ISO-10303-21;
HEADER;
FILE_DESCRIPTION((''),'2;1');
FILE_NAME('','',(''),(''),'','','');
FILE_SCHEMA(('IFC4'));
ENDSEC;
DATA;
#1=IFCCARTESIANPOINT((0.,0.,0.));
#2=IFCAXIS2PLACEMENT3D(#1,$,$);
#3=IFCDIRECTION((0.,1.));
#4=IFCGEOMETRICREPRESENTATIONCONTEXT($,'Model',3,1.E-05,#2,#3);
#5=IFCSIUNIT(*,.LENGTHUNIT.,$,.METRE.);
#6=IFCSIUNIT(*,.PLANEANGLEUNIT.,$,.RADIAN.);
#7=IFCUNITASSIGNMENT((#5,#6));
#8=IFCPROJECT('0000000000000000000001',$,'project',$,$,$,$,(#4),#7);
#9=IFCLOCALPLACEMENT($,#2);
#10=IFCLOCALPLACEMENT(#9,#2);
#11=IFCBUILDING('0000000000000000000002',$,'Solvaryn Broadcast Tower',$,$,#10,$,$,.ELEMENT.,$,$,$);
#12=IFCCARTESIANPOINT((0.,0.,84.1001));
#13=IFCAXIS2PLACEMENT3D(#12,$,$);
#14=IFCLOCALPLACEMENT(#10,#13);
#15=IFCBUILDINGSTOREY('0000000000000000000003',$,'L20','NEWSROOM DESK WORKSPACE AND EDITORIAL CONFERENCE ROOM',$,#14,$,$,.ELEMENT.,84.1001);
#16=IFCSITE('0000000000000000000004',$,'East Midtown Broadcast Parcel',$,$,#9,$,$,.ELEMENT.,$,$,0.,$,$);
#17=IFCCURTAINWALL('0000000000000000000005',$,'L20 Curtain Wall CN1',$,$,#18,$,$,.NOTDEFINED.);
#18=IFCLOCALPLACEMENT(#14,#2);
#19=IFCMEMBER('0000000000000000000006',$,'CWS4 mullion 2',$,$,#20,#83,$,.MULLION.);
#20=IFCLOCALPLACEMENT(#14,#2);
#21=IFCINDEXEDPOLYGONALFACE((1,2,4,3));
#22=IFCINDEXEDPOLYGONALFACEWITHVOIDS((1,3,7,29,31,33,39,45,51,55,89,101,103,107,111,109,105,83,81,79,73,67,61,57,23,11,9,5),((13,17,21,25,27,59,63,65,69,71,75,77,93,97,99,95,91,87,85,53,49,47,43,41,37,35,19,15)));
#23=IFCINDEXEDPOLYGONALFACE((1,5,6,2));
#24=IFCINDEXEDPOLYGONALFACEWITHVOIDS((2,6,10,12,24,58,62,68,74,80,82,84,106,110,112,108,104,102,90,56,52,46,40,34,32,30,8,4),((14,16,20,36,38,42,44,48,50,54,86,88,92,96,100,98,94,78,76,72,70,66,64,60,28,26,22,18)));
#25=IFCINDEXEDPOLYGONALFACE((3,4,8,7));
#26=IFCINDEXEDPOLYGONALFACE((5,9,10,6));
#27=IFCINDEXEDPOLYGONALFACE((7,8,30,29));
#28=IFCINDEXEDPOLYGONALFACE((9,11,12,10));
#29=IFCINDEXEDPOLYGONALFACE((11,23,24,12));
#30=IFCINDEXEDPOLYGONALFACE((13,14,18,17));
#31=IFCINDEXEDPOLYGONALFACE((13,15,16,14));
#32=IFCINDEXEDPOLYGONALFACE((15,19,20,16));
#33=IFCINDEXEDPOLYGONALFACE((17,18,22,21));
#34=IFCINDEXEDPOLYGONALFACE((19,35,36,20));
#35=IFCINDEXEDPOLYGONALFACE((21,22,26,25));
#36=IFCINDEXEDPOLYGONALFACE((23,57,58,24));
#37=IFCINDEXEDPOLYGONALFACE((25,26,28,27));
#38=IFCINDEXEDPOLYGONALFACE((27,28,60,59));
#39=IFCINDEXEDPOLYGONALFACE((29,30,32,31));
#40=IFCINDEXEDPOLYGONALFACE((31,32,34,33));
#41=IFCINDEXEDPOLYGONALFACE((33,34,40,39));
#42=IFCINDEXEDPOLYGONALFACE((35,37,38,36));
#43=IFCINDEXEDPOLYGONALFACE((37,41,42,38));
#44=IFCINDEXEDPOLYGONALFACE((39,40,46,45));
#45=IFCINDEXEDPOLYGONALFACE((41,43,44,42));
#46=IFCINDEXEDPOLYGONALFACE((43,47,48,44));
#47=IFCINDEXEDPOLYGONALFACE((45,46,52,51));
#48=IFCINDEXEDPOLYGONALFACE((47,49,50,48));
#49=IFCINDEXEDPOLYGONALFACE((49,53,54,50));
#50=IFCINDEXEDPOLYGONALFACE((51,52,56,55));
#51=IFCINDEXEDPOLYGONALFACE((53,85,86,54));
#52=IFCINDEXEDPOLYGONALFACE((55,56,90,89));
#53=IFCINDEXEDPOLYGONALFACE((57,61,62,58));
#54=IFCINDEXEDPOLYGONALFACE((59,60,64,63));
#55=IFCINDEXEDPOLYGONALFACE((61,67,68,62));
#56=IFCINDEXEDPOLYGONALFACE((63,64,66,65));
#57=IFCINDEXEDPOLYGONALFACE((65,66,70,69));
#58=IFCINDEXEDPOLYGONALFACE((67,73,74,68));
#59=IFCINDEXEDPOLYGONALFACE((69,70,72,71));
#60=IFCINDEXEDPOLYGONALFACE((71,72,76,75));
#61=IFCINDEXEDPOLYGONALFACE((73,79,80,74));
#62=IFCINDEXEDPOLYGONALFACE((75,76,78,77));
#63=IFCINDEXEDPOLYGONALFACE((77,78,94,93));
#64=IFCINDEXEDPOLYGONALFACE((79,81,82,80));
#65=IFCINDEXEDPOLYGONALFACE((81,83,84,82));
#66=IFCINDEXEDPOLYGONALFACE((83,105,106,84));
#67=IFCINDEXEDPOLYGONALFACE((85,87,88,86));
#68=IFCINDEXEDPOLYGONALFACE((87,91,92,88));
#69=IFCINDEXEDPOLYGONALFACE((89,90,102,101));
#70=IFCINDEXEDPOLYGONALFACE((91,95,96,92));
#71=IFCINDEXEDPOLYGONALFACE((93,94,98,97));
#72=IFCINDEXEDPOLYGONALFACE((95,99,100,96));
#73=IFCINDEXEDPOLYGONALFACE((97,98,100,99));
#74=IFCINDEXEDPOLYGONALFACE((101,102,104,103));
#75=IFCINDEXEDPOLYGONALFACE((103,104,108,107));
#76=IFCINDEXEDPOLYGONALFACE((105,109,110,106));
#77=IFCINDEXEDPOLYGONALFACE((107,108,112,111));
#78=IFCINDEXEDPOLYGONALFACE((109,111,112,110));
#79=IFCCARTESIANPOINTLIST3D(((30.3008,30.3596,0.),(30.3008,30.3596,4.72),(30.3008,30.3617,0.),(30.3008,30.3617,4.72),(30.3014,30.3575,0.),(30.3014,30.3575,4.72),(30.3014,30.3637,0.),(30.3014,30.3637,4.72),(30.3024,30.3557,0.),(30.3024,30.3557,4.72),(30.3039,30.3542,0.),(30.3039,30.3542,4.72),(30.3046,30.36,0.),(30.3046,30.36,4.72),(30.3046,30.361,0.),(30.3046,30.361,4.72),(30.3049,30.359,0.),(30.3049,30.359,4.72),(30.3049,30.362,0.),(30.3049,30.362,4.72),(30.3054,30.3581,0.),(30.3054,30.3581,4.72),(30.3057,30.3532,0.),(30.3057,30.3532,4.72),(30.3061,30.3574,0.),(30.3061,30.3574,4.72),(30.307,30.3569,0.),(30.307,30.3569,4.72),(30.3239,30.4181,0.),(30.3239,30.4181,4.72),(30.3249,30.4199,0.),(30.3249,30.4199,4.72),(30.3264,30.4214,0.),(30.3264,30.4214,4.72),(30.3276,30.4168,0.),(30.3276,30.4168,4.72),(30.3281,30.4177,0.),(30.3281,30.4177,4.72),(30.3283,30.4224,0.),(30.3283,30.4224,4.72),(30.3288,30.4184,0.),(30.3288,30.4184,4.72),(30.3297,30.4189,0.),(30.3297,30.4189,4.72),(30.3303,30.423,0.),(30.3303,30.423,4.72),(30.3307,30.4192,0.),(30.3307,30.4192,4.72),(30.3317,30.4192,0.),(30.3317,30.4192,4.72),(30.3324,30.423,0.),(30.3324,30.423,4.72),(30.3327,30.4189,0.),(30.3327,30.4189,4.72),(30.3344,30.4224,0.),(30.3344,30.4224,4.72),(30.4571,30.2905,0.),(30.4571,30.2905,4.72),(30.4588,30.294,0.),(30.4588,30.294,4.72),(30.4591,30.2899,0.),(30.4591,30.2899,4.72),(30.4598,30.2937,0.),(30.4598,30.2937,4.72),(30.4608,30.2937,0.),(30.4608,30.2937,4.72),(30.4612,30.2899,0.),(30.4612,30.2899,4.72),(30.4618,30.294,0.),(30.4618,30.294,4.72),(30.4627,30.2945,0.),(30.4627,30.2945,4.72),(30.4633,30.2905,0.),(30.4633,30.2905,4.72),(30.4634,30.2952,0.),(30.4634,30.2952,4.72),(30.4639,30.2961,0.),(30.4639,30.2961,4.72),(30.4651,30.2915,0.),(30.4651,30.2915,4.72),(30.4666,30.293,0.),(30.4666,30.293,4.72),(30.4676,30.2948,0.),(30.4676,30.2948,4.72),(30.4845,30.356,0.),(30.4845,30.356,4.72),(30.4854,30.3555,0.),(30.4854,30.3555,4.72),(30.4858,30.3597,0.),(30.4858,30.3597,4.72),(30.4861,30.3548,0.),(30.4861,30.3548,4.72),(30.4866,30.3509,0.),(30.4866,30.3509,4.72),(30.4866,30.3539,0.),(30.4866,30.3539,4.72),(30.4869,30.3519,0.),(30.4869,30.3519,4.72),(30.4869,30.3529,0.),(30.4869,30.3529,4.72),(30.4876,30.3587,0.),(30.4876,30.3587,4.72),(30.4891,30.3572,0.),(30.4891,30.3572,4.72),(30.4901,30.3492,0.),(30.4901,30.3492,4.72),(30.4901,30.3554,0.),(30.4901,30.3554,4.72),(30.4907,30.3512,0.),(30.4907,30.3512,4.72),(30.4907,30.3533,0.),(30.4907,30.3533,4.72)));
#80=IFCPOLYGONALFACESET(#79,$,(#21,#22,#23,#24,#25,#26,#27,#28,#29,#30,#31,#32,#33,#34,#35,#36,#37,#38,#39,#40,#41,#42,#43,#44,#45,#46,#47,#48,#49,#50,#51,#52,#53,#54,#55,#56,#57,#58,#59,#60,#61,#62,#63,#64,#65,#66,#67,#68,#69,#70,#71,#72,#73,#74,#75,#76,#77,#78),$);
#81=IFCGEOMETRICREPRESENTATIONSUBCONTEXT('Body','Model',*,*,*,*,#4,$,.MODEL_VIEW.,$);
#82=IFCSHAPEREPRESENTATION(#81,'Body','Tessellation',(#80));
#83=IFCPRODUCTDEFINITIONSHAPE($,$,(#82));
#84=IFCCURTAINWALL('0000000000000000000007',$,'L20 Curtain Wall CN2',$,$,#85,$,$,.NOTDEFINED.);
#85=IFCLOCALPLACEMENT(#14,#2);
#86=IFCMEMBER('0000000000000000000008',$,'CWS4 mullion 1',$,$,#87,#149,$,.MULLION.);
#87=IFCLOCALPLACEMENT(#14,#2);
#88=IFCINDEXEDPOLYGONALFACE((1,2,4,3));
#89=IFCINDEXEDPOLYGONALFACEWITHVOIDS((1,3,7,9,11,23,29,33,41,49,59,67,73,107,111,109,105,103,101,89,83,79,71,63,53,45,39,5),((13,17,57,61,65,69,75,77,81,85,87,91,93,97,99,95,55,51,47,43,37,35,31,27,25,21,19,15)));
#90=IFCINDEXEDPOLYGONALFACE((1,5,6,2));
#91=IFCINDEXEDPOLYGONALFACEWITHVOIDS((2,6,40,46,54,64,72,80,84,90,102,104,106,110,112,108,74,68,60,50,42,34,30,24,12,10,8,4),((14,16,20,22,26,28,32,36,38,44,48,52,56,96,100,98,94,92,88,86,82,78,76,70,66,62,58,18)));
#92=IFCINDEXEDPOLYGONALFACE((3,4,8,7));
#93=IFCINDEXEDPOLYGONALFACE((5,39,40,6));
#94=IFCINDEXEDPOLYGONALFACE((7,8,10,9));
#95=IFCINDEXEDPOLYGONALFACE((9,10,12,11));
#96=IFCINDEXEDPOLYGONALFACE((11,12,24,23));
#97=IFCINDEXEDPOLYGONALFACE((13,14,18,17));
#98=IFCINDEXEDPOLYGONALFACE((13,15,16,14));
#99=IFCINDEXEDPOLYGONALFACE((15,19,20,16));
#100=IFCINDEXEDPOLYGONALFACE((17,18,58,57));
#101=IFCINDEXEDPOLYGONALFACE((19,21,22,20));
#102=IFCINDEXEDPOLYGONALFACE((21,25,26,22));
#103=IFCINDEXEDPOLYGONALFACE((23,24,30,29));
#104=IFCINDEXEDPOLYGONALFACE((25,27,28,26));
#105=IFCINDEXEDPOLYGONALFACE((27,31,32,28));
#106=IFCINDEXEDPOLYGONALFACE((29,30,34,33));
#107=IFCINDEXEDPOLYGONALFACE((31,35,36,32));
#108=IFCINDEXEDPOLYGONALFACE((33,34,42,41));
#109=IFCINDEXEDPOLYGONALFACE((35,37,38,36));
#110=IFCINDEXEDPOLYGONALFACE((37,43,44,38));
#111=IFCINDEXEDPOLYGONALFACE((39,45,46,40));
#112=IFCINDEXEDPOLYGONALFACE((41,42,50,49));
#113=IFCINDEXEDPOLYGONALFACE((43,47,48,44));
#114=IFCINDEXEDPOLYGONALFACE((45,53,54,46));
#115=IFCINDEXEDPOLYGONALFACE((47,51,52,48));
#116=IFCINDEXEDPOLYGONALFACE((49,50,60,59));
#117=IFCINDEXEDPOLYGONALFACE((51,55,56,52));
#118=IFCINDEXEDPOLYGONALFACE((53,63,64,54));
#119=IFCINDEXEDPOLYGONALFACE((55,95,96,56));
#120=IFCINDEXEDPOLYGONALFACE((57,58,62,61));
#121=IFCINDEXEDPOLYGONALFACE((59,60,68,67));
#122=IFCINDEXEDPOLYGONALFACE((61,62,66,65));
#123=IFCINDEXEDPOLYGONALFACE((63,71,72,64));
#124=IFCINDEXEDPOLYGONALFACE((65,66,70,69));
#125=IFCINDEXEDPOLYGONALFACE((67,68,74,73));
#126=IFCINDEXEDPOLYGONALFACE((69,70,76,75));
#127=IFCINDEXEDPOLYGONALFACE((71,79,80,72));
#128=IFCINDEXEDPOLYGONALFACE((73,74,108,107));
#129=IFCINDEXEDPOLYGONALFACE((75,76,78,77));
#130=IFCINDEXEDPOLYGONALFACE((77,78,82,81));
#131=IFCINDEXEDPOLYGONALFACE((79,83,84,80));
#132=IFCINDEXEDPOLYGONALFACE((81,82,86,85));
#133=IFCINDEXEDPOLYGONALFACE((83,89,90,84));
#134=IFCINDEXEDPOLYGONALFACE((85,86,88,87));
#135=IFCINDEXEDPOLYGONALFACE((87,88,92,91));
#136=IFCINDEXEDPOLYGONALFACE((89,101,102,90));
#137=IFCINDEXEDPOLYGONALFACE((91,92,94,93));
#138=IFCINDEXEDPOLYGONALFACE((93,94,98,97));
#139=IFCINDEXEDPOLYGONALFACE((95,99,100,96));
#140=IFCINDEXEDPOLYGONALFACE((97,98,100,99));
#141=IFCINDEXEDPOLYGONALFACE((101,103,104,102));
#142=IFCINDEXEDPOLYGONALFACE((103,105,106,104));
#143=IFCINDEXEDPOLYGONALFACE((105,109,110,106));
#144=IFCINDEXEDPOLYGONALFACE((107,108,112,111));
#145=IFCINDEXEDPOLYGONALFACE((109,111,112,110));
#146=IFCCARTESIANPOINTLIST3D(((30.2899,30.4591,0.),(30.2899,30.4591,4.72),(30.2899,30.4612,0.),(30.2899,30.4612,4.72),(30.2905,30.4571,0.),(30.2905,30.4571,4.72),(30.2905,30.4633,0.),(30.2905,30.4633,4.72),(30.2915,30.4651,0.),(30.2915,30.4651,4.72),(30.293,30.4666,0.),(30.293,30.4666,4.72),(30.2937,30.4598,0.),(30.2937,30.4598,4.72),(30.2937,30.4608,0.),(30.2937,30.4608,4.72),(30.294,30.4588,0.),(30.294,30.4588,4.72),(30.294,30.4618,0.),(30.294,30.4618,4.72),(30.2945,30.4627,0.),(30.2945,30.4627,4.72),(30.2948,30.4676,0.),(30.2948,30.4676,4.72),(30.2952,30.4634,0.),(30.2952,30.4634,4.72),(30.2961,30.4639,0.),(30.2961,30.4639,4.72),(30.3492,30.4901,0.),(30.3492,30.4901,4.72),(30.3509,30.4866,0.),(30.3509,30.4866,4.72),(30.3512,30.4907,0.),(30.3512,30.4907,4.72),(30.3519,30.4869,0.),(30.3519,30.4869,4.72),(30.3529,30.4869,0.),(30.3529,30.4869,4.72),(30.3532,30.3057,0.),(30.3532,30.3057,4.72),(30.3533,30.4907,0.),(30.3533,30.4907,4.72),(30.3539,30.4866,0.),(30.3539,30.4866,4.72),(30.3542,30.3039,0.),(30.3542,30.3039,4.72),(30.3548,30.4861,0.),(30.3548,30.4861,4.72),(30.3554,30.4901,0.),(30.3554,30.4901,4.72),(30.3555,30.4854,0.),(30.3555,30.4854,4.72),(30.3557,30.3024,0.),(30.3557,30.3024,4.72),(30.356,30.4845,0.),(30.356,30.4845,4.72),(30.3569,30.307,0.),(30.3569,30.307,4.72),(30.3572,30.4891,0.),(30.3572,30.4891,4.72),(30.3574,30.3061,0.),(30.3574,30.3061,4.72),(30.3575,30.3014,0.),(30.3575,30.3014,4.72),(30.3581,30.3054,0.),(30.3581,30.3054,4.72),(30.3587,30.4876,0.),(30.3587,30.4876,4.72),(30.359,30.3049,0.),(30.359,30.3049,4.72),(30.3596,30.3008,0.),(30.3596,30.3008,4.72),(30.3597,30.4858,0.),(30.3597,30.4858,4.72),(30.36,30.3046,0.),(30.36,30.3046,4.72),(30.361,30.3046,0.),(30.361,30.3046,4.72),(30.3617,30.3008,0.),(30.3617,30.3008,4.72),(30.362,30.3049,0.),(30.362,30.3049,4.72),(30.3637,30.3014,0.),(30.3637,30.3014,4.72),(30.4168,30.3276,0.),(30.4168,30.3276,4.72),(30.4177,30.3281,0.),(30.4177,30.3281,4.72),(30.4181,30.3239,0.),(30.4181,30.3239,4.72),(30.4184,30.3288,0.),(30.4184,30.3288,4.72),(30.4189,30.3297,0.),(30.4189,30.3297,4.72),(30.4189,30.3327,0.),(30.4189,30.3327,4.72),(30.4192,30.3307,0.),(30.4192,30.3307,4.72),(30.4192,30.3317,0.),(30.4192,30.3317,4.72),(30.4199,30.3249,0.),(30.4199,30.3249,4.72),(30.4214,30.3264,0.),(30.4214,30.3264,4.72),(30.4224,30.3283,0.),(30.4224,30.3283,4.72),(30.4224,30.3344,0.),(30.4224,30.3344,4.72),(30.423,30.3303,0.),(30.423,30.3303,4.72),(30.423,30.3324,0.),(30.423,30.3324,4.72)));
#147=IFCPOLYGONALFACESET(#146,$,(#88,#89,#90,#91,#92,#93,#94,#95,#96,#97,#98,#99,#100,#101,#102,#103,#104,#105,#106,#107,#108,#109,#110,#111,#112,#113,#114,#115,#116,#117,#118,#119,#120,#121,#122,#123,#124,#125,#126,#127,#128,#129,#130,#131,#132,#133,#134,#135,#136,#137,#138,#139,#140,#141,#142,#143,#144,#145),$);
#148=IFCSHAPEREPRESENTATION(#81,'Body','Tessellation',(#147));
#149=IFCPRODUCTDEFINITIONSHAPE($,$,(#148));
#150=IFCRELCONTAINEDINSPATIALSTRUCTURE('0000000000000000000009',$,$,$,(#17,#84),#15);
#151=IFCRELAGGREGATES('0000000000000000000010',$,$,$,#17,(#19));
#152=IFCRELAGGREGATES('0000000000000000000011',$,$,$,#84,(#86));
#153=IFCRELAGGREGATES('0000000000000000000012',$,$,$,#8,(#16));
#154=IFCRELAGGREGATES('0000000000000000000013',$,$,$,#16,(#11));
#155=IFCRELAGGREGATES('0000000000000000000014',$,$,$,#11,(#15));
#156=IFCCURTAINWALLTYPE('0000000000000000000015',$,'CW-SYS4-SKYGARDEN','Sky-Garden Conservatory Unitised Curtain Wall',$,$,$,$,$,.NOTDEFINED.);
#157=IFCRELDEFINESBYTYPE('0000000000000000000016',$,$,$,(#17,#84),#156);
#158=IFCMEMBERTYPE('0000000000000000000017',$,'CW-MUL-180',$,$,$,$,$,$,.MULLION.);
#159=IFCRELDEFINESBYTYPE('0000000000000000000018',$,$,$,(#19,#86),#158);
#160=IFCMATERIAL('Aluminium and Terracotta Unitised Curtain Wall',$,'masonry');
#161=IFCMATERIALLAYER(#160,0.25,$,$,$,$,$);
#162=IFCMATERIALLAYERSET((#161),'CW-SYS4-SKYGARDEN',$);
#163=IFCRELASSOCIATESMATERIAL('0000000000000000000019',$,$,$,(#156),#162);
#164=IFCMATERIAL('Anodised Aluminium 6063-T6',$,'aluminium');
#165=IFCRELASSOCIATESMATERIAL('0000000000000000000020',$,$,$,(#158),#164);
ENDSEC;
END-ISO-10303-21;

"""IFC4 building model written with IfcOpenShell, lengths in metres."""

from ifc_helpers import new_model, si_unit, direction, frame, origin, origin_2d, place, context, subcontext, project, spatial, hollow_rectangle, extrude, material, layer, layer_set, material_profile, profile_set, type_object, element, aggregate, save


model = new_model("IFC4")

# Units and contexts
model_context = context("Model", 3, precision=1e-05, world=origin(), true_north=direction((0.0, 1.0)))
body_context = subcontext(model_context, "Body", "Model", "MODEL_VIEW")
ifc_project = project(units=[si_unit("LENGTHUNIT", "METRE"), si_unit("PLANEANGLEUNIT", "RADIAN")], contexts=[model_context])

# Site, building, storey
site_placement = place(None, origin())
site = spatial("IfcSite", under=ifc_project, at=site_placement, Name="East Midtown Broadcast Parcel", CompositionType="ELEMENT", RefElevation=0.0)
building_placement = place(site_placement, origin())
building = spatial("IfcBuilding", under=site, at=building_placement, Name="Solvaryn Broadcast Tower", CompositionType="ELEMENT")
storey_placement = place(building_placement, frame((0.0, 0.0, 84.1001)))
storey = spatial("IfcBuildingStorey", under=building, at=storey_placement, Name="L20", Description="NEWSROOM DESK WORKSPACE AND EDITORIAL CONFERENCE ROOM", CompositionType="ELEMENT", Elevation=84.1001)

# Shared definitions
ifc_material_1 = material(Name="Aluminium and Terracotta Unitised Curtain Wall", Category="masonry")
ifc_layer_1 = layer(ifc_material_1, 0.25)
ifc_layer_set_1 = layer_set([ifc_layer_1], Name="CW-SYS4-SKYGARDEN")
curtain_wall_type = type_object("IfcCurtainWallType", Name="CW-SYS4-SKYGARDEN", Description="Sky-Garden Conservatory Unitised Curtain Wall", PredefinedType="NOTDEFINED", material=ifc_layer_set_1)
ifc_material_2 = material(Name="Anodised Aluminium 6063-T6", Category="aluminium")
ifc_material_profile_1 = material_profile(ifc_material_2, hollow_rectangle(XDim=0.075, YDim=0.1799, WallThickness=0.0039, InnerFilletRadius=0.0039, OuterFilletRadius=0.0081, at=origin_2d()))
ifc_profile_set_1 = profile_set([ifc_material_profile_1], Name="Anodised Aluminium 6063-T6")
member_type_1 = type_object("IfcMemberType", Name="CW-MUL-180", PredefinedType="MULLION", material=ifc_profile_set_1)

# Curtain wall, member
curtain_wall_1_placement = place(storey_placement, origin())
curtain_wall_1 = element("IfcCurtainWall", 1, at=curtain_wall_1_placement, inside=storey, type_object=curtain_wall_type, Name="L20 Curtain Wall CN1", PredefinedType="NOTDEFINED")
member_1_placement = place(storey_placement, frame((30.3958, 30.3564, 0.0), z_axis=(0.0, 0.0, 1.0), x_axis=(-0.382646, -0.923895, 0.0)))
member_1 = element("IfcMember", 2, at=member_1_placement, type_object=member_type_1, Name="CWS4 mullion 2", PredefinedType="MULLION", context=body_context, shape_type="SweptSolid", body=[
    extrude(hollow_rectangle(XDim=0.075, YDim=0.1799, WallThickness=0.0039, InnerFilletRadius=0.0039, OuterFilletRadius=0.0081, at=origin_2d()), origin(), (0.0, 0.0, 1.0), 4.72),
])
aggregate(curtain_wall_1, [member_1])

# Curtain wall, member
curtain_wall_2_placement = place(storey_placement, origin())
curtain_wall_2 = element("IfcCurtainWall", 3, at=curtain_wall_2_placement, inside=storey, type_object=curtain_wall_type, Name="L20 Curtain Wall CN2", PredefinedType="NOTDEFINED")
member_2_placement = place(storey_placement, frame((30.3564, 30.3958, 0.0), z_axis=(0.0, 0.0, 1.0), x_axis=(-0.923895, -0.382646, 0.0)))
member_2 = element("IfcMember", 4, at=member_2_placement, type_object=member_type_1, Name="CWS4 mullion 1", PredefinedType="MULLION", context=body_context, shape_type="SweptSolid", body=[
    extrude(hollow_rectangle(XDim=0.075, YDim=0.1799, WallThickness=0.0039, InnerFilletRadius=0.0039, OuterFilletRadius=0.0081, at=origin_2d()), origin(), (0.0, 0.0, 1.0), 4.72),
])

aggregate(curtain_wall_2, [member_2])

save(model, "model.ifc")
